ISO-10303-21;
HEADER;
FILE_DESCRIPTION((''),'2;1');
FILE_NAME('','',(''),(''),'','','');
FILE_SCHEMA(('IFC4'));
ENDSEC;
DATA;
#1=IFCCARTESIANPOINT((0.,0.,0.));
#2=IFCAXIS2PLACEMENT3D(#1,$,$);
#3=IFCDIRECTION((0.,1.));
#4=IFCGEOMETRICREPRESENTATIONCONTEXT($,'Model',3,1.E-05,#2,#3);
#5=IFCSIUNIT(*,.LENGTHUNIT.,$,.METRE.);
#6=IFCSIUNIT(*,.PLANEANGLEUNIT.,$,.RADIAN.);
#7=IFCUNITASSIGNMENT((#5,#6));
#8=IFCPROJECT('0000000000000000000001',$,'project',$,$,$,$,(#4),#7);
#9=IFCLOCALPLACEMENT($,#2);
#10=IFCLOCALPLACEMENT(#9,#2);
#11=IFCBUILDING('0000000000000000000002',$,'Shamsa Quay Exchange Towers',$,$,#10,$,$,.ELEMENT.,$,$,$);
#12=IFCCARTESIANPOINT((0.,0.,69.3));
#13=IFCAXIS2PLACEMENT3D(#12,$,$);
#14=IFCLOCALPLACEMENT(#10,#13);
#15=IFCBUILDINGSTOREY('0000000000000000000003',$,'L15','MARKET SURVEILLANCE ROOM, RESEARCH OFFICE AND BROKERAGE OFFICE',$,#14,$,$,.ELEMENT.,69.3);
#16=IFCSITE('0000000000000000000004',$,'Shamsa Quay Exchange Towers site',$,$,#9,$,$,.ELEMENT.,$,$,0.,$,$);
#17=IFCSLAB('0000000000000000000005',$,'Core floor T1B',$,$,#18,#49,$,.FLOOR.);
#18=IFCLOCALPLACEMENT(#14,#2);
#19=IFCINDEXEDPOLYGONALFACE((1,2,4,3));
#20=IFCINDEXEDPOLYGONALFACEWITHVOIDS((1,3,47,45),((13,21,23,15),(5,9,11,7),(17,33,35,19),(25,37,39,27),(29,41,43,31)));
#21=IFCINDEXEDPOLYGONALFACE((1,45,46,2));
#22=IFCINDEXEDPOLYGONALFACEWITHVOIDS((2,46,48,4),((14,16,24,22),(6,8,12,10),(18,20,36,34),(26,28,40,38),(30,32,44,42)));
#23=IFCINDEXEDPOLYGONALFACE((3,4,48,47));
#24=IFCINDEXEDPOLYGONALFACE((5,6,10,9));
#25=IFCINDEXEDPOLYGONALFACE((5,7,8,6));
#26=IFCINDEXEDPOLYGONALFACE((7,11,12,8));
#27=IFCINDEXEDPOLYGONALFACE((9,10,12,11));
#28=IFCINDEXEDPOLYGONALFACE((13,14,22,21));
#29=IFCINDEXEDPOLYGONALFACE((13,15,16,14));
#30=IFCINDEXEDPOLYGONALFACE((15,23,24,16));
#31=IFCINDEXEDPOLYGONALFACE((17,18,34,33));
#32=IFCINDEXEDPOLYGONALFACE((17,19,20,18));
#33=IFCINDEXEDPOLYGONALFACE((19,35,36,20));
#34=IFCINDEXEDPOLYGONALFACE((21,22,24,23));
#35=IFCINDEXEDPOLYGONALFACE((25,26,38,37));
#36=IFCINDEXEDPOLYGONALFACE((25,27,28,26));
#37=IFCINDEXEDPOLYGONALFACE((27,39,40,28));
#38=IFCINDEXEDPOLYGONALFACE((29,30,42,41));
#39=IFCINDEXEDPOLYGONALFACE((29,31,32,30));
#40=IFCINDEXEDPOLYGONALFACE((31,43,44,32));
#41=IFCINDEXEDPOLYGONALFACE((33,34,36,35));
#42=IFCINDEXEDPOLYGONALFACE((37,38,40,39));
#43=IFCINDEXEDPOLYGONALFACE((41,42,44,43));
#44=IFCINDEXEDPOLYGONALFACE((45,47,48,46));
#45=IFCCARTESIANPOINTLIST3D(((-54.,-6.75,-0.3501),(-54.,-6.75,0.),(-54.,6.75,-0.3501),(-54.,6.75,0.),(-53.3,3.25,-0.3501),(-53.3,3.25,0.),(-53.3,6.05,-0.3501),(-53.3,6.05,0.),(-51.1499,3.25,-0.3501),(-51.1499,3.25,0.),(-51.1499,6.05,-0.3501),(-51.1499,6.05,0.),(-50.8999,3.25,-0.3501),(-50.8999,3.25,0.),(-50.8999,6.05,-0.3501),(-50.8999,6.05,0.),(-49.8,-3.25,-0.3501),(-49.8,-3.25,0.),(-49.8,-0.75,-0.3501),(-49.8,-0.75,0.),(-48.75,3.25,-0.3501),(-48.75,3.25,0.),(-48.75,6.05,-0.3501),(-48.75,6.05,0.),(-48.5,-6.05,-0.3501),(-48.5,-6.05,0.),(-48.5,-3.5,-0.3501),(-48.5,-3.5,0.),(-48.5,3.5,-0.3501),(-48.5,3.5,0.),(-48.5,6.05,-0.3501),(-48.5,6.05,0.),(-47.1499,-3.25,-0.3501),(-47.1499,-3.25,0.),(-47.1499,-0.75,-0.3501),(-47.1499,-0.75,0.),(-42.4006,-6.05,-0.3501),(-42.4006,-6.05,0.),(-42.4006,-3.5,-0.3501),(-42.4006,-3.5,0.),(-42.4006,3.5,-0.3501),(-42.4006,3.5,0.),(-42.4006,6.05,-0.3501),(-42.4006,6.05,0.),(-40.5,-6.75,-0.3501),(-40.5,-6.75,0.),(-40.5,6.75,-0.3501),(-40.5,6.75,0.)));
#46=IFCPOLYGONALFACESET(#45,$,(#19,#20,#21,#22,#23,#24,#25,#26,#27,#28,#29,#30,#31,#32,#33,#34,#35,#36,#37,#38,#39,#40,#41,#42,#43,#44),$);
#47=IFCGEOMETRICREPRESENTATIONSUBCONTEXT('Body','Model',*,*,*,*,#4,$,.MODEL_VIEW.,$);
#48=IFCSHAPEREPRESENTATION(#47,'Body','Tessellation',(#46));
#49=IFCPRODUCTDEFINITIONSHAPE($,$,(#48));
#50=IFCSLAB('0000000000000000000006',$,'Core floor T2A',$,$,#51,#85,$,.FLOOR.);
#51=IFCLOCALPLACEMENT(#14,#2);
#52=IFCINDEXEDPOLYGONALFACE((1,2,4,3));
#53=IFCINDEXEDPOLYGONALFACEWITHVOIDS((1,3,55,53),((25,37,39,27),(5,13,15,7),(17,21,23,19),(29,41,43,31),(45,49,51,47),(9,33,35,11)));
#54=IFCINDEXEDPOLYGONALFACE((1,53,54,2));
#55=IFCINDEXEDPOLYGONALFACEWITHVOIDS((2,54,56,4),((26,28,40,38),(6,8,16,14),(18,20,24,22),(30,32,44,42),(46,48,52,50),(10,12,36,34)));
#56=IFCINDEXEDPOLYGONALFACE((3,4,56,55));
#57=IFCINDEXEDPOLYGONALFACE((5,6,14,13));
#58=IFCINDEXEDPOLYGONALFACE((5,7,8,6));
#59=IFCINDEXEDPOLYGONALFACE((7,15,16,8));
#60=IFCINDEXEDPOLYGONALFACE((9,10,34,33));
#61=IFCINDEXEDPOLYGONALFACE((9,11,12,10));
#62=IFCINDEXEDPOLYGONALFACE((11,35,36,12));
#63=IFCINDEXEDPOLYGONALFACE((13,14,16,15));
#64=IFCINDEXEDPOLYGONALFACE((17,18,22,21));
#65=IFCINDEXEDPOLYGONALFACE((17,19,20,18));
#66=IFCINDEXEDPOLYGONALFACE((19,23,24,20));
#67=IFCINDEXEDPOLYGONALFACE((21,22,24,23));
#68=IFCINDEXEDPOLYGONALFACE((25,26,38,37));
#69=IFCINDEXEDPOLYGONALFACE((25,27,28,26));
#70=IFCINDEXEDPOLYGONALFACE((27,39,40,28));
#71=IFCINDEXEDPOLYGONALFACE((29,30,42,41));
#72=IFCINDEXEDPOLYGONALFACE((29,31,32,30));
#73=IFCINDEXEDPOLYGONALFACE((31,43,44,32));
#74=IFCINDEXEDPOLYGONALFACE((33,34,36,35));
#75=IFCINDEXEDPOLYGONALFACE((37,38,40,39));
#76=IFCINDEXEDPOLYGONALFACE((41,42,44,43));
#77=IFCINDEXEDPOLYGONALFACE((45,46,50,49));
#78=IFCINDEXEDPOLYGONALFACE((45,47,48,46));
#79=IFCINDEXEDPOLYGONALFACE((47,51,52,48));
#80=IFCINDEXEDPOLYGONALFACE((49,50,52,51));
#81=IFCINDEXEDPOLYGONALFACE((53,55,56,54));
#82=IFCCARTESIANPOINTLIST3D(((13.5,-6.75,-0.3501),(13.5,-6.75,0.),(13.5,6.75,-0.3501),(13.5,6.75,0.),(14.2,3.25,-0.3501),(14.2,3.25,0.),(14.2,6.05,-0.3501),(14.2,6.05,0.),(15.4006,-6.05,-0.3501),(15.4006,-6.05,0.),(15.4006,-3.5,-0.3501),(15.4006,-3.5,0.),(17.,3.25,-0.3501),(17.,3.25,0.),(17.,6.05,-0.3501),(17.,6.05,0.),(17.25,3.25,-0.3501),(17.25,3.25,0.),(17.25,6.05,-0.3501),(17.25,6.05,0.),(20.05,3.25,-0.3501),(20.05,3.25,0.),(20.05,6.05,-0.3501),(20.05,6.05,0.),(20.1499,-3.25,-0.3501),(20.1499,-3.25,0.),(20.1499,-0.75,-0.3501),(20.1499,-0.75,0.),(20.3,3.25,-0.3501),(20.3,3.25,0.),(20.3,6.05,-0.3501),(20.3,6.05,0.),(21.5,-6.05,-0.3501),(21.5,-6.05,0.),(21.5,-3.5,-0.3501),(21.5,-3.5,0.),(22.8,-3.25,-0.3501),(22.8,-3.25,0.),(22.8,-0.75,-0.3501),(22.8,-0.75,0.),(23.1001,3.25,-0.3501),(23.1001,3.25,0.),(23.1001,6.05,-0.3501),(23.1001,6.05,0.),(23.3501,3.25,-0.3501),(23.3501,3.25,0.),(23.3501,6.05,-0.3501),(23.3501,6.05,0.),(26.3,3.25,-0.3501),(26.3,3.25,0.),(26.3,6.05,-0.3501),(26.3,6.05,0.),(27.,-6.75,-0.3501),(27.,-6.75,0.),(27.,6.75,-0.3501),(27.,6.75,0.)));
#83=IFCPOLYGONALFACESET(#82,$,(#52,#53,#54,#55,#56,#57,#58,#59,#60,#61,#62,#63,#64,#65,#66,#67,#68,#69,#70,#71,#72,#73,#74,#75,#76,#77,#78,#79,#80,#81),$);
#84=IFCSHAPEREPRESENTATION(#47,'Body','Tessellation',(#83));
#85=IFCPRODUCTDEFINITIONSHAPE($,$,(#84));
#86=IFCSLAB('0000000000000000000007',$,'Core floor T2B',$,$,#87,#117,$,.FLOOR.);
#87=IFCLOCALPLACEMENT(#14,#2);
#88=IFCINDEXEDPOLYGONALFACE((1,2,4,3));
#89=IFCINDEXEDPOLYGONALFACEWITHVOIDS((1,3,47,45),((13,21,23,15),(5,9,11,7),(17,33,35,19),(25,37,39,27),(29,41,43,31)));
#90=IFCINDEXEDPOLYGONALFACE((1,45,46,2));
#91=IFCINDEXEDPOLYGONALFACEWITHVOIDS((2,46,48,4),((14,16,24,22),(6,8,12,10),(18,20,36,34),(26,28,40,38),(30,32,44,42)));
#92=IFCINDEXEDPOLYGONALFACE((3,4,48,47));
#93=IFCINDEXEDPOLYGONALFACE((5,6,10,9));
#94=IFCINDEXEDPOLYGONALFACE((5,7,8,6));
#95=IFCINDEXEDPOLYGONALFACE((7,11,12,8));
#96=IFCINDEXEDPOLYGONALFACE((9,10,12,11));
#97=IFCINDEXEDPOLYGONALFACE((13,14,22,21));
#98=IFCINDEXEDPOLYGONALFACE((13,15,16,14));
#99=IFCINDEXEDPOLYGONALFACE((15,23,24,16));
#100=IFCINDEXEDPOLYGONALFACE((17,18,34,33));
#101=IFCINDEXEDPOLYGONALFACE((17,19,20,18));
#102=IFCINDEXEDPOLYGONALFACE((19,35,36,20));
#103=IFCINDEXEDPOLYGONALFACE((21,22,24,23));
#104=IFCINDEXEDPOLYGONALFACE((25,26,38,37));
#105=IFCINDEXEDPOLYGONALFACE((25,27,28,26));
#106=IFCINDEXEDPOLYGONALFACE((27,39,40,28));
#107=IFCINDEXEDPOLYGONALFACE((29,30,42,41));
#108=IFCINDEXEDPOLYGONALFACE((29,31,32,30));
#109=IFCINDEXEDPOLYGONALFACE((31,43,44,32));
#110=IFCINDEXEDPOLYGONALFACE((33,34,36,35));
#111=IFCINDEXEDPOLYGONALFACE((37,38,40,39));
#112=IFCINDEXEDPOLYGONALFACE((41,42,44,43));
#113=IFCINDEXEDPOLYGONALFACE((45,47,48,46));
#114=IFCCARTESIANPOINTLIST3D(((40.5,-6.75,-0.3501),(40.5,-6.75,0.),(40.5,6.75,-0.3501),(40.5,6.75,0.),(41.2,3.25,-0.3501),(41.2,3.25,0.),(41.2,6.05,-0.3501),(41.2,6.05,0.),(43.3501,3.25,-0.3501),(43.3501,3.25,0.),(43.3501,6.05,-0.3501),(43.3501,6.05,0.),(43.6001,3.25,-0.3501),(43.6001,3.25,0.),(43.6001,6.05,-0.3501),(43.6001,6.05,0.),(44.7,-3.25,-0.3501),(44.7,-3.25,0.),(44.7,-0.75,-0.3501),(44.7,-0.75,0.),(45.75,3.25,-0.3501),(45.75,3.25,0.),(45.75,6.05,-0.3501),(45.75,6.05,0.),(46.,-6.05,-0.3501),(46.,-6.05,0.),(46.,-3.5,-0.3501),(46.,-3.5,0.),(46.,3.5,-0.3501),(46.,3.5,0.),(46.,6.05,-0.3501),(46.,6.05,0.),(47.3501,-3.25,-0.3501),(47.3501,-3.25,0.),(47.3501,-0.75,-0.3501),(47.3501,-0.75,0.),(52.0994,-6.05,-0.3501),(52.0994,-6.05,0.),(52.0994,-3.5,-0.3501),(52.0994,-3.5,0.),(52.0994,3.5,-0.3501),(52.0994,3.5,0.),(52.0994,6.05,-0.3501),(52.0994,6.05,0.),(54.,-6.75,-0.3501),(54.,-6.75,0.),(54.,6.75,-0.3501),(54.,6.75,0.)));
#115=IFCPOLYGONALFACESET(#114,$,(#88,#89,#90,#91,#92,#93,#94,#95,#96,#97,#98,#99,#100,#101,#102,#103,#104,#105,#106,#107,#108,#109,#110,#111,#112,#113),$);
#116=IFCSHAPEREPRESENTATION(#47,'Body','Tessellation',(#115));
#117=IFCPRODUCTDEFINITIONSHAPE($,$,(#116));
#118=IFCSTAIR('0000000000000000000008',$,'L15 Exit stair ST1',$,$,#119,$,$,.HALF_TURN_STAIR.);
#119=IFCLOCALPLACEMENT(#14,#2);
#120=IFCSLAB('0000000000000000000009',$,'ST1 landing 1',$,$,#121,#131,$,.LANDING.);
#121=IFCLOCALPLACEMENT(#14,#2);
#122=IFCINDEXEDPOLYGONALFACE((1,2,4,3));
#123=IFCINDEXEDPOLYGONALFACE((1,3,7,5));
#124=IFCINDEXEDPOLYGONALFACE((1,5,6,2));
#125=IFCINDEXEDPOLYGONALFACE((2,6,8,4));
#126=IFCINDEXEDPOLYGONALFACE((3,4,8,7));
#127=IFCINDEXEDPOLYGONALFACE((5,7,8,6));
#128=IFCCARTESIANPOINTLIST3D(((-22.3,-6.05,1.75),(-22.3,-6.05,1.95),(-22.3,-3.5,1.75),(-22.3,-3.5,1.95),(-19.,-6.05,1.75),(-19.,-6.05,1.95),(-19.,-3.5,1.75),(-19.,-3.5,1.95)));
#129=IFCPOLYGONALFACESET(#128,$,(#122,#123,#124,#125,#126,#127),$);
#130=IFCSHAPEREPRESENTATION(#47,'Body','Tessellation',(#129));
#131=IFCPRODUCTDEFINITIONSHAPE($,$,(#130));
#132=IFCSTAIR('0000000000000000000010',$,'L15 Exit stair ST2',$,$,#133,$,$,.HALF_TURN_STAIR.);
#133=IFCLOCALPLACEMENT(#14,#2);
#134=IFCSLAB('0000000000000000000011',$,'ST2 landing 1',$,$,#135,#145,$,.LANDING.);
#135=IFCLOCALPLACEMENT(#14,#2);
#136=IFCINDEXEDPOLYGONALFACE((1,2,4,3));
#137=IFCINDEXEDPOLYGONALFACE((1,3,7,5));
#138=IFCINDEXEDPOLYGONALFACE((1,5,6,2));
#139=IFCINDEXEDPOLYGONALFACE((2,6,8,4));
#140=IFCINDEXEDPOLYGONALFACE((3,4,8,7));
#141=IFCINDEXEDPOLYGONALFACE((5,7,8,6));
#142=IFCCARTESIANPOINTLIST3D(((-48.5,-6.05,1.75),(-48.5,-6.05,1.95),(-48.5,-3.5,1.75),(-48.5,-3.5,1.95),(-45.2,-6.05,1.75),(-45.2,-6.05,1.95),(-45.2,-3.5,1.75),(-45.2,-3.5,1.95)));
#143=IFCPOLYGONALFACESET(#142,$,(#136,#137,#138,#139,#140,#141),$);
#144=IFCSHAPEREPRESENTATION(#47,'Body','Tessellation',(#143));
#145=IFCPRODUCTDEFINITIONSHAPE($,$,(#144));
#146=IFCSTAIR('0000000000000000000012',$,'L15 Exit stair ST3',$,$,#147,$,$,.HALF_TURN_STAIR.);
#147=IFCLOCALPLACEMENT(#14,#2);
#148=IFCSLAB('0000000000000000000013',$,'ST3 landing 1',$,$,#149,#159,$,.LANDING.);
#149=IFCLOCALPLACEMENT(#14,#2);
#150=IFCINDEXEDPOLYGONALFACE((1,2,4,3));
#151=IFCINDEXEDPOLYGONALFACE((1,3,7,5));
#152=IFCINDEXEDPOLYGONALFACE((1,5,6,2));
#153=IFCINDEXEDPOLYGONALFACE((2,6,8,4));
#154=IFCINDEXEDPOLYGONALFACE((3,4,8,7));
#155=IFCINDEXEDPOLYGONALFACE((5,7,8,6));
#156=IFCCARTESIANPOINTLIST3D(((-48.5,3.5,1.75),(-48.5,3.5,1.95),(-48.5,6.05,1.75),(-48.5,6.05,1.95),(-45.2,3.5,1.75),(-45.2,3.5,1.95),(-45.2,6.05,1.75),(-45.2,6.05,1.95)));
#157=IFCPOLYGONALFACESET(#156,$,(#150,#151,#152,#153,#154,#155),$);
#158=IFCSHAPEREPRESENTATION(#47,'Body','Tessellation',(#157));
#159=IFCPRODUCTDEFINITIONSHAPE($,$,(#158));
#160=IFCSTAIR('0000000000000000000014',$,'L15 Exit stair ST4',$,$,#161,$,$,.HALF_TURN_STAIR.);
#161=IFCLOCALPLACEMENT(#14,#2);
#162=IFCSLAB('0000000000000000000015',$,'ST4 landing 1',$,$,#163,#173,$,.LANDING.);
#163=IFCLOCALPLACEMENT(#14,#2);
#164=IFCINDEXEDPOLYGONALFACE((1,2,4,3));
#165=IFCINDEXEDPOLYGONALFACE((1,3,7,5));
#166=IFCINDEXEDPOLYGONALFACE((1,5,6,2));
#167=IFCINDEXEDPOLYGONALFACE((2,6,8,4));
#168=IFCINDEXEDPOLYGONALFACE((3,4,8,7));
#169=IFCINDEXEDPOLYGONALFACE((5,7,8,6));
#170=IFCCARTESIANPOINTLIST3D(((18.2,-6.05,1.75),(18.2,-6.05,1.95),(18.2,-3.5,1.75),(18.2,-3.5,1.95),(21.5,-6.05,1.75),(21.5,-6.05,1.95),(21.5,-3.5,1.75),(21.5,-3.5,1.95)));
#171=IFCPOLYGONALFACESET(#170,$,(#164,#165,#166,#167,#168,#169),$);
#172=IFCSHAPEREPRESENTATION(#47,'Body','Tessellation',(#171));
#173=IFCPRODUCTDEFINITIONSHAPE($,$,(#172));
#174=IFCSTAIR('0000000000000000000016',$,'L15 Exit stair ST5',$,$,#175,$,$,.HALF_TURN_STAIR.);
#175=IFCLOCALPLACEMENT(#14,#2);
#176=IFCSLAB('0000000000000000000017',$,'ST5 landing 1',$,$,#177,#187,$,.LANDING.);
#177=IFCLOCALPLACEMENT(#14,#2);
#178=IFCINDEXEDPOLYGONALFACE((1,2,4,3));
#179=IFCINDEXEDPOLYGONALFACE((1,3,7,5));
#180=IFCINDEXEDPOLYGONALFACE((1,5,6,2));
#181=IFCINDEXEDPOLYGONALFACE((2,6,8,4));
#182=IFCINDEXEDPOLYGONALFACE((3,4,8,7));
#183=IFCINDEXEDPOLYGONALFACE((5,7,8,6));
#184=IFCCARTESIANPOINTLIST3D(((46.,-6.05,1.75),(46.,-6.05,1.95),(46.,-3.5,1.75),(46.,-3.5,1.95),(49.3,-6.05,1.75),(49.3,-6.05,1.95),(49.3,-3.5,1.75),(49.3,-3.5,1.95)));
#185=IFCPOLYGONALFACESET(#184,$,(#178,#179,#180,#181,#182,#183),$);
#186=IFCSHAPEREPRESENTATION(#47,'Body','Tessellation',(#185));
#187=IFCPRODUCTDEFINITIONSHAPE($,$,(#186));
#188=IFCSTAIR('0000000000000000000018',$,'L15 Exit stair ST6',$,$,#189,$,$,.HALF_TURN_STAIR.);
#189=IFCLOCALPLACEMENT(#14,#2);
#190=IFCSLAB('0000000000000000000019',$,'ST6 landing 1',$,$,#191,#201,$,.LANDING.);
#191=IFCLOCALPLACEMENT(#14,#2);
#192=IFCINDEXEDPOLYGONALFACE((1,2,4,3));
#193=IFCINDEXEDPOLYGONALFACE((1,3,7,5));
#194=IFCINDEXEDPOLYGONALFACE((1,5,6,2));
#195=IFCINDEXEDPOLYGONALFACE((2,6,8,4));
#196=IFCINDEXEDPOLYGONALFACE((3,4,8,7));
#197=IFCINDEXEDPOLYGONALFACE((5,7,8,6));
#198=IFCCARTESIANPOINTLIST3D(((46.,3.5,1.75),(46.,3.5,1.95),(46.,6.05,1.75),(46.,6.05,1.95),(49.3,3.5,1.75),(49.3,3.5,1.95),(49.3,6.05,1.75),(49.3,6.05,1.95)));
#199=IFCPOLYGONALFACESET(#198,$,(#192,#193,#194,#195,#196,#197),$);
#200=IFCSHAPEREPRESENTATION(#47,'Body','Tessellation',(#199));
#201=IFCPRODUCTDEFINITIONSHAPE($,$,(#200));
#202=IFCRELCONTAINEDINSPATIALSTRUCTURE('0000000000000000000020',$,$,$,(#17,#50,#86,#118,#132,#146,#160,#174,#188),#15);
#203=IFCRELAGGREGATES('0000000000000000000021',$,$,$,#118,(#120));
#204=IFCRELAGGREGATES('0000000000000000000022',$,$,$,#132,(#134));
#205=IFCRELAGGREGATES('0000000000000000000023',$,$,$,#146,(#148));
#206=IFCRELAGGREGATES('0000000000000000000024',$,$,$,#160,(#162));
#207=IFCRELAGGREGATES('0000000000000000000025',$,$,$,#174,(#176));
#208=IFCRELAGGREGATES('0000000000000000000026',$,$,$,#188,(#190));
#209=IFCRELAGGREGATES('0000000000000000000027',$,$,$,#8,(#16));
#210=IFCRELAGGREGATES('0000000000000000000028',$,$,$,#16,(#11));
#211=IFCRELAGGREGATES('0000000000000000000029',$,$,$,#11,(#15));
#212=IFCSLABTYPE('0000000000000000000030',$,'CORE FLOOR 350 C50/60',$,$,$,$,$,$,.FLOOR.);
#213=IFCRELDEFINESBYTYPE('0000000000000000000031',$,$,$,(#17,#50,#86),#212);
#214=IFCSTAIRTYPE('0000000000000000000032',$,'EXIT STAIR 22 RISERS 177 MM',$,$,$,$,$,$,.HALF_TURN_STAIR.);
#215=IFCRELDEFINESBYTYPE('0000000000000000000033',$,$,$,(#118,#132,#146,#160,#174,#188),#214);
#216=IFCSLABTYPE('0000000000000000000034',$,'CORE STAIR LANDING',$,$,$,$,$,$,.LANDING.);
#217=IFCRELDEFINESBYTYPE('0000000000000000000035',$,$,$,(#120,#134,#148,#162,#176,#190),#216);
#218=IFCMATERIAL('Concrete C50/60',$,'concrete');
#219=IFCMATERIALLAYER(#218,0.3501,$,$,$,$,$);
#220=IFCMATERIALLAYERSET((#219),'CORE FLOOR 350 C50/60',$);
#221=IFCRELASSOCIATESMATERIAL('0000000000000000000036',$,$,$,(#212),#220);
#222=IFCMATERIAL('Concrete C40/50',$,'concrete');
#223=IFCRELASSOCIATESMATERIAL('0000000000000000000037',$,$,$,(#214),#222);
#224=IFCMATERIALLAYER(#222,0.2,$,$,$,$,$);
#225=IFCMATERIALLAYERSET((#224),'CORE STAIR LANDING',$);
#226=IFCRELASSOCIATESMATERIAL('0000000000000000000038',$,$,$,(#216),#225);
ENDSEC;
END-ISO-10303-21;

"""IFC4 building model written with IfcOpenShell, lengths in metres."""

from ifc_helpers import new_model, si_unit, direction, frame, origin, place, context, subcontext, project, spatial, polyline, outline, extrude, material, layer, layer_set, type_object, element, aggregate, save


model = new_model("IFC4")

# Units and contexts
model_context = context("Model", 3, precision=1e-05, world=origin(), true_north=direction((0.0, 1.0)))
body_context = subcontext(model_context, "Body", "Model", "MODEL_VIEW")
ifc_project = project(units=[si_unit("LENGTHUNIT", "METRE"), si_unit("PLANEANGLEUNIT", "RADIAN")], contexts=[model_context])

# Site, building, storey
site_placement = place(None, origin())
site = spatial("IfcSite", under=ifc_project, at=site_placement, Name="Shamsa Quay Exchange Towers site", CompositionType="ELEMENT", RefElevation=0.0)
building_placement = place(site_placement, origin())
building = spatial("IfcBuilding", under=site, at=building_placement, Name="Shamsa Quay Exchange Towers", CompositionType="ELEMENT")
storey_placement = place(building_placement, frame((0.0, 0.0, 69.3)))
storey = spatial("IfcBuildingStorey", under=building, at=storey_placement, Name="L15", Description="MARKET SURVEILLANCE ROOM, RESEARCH OFFICE AND BROKERAGE OFFICE", CompositionType="ELEMENT", Elevation=69.3)

# Slabs
ifc_material_1 = material(Name="Concrete C50/60", Category="concrete")
ifc_layer_1 = layer(ifc_material_1, 0.3501)
ifc_layer_set_1 = layer_set([ifc_layer_1], Name="CORE FLOOR 350 C50/60")
slab_type_1 = type_object("IfcSlabType", Name="CORE FLOOR 350 C50/60", PredefinedType="FLOOR", material=ifc_layer_set_1)
slab_1_placement = place(storey_placement, frame((0.0, 0.0, -0.3501)))
element("IfcSlab", 1, at=slab_1_placement, inside=storey, type_object=slab_type_1, Name="Core floor T1B", PredefinedType="FLOOR", context=body_context, shape_type="SweptSolid", body=[
    extrude(outline(polyline([(-40.5, -6.75), (-40.5, 6.75), (-54.0, 6.75), (-54.0, -6.75), (-40.5, -6.75)]), holes=[polyline([(-42.4006, -3.5), (-42.4006, -6.05), (-48.5, -6.05), (-48.5, -3.5), (-42.4006, -3.5)]), polyline([(-42.4006, 6.05), (-42.4006, 3.5), (-48.5, 3.5), (-48.5, 6.05), (-42.4006, 6.05)]), polyline([(-48.75, 3.25), (-50.8999, 3.25), (-50.8999, 6.05), (-48.75, 6.05), (-48.75, 3.25)]), polyline([(-51.1499, 3.25), (-53.3, 3.25), (-53.3, 6.05), (-51.1499, 6.05), (-51.1499, 3.25)]), polyline([(-47.1499, -3.25), (-49.8, -3.25), (-49.8, -0.75), (-47.1499, -0.75), (-47.1499, -3.25)])]), origin(), (0.0, 0.0, 1.0), 0.3501),
])
slab_2_placement = place(storey_placement, frame((0.0, 0.0, -0.3501)))
element("IfcSlab", 2, at=slab_2_placement, inside=storey, type_object=slab_type_1, Name="Core floor T2A", PredefinedType="FLOOR", context=body_context, shape_type="SweptSolid", body=[
    extrude(outline(polyline([(13.5, -6.75), (27.0, -6.75), (27.0, 6.75), (13.5, 6.75), (13.5, -6.75)]), holes=[polyline([(15.4006, -6.05), (15.4006, -3.5), (21.5, -3.5), (21.5, -6.05), (15.4006, -6.05)]), polyline([(14.2, 3.25), (14.2, 6.05), (17.0, 6.05), (17.0, 3.25), (14.2, 3.25)]), polyline([(17.25, 3.25), (17.25, 6.05), (20.05, 6.05), (20.05, 3.25), (17.25, 3.25)]), polyline([(20.3, 3.25), (20.3, 6.05), (23.1001, 6.05), (23.1001, 3.25), (20.3, 3.25)]), polyline([(23.3501, 3.25), (23.3501, 6.05), (26.3, 6.05), (26.3, 3.25), (23.3501, 3.25)]), polyline([(20.1499, -3.25), (20.1499, -0.75), (22.8, -0.75), (22.8, -3.25), (20.1499, -3.25)])]), origin(), (0.0, 0.0, 1.0), 0.3501),
])
slab_3_placement = place(storey_placement, frame((0.0, 0.0, -0.3501)))
element("IfcSlab", 3, at=slab_3_placement, inside=storey, type_object=slab_type_1, Name="Core floor T2B", PredefinedType="FLOOR", context=body_context, shape_type="SweptSolid", body=[
    extrude(outline(polyline([(54.0, -6.75), (54.0, 6.75), (40.5, 6.75), (40.5, -6.75), (54.0, -6.75)]), holes=[polyline([(52.0994, -3.5), (52.0994, -6.05), (46.0, -6.05), (46.0, -3.5), (52.0994, -3.5)]), polyline([(52.0994, 6.05), (52.0994, 3.5), (46.0, 3.5), (46.0, 6.05), (52.0994, 6.05)]), polyline([(45.75, 3.25), (43.6001, 3.25), (43.6001, 6.05), (45.75, 6.05), (45.75, 3.25)]), polyline([(43.3501, 3.25), (41.2, 3.25), (41.2, 6.05), (43.3501, 6.05), (43.3501, 3.25)]), polyline([(47.3501, -3.25), (44.7, -3.25), (44.7, -0.75), (47.3501, -0.75), (47.3501, -3.25)])]), origin(), (0.0, 0.0, 1.0), 0.3501),
])

# Stairs, slabs
ifc_material_2 = material(Name="Concrete C40/50", Category="concrete")
stair_type = type_object("IfcStairType", Name="EXIT STAIR 22 RISERS 177 MM", PredefinedType="HALF_TURN_STAIR", material=ifc_material_2)
stair_1_placement = place(storey_placement, origin())
stair_1 = element("IfcStair", 4, at=stair_1_placement, inside=storey, type_object=stair_type, Name="L15 Exit stair ST1", PredefinedType="HALF_TURN_STAIR")
ifc_layer_2 = layer(ifc_material_2, 0.2)
ifc_layer_set_2 = layer_set([ifc_layer_2], Name="CORE STAIR LANDING")
slab_type_2 = type_object("IfcSlabType", Name="CORE STAIR LANDING", PredefinedType="LANDING", material=ifc_layer_set_2)
slab_4_placement = place(storey_placement, frame((0.0, 0.0, 1.75)))
slab_4 = element("IfcSlab", 5, at=slab_4_placement, type_object=slab_type_2, Name="ST1 landing 1", PredefinedType="LANDING", context=body_context, shape_type="SweptSolid", body=[
    extrude(outline(polyline([(-22.3, -6.05), (-19.0, -6.05), (-19.0, -3.5), (-22.3, -3.5), (-22.3, -6.05)])), origin(), (0.0, 0.0, 1.0), 0.2),
])
aggregate(stair_1, [slab_4])
stair_2_placement = place(storey_placement, origin())
stair_2 = element("IfcStair", 6, at=stair_2_placement, inside=storey, type_object=stair_type, Name="L15 Exit stair ST2", PredefinedType="HALF_TURN_STAIR")
slab_5_placement = place(storey_placement, frame((0.0, 0.0, 1.75)))
slab_5 = element("IfcSlab", 7, at=slab_5_placement, type_object=slab_type_2, Name="ST2 landing 1", PredefinedType="LANDING", context=body_context, shape_type="SweptSolid", body=[
    extrude(outline(polyline([(-45.2, -3.5), (-48.5, -3.5), (-48.5, -6.05), (-45.2, -6.05), (-45.2, -3.5)])), origin(), (0.0, 0.0, 1.0), 0.2),
])
aggregate(stair_2, [slab_5])
stair_3_placement = place(storey_placement, origin())
stair_3 = element("IfcStair", 8, at=stair_3_placement, inside=storey, type_object=stair_type, Name="L15 Exit stair ST3", PredefinedType="HALF_TURN_STAIR")
slab_6_placement = place(storey_placement, frame((0.0, 0.0, 1.75)))
slab_6 = element("IfcSlab", 9, at=slab_6_placement, type_object=slab_type_2, Name="ST3 landing 1", PredefinedType="LANDING", context=body_context, shape_type="SweptSolid", body=[
    extrude(outline(polyline([(-45.2, 6.05), (-48.5, 6.05), (-48.5, 3.5), (-45.2, 3.5), (-45.2, 6.05)])), origin(), (0.0, 0.0, 1.0), 0.2),
])
aggregate(stair_3, [slab_6])
stair_4_placement = place(storey_placement, origin())
stair_4 = element("IfcStair", 10, at=stair_4_placement, inside=storey, type_object=stair_type, Name="L15 Exit stair ST4", PredefinedType="HALF_TURN_STAIR")
slab_7_placement = place(storey_placement, frame((0.0, 0.0, 1.75)))
slab_7 = element("IfcSlab", 11, at=slab_7_placement, type_object=slab_type_2, Name="ST4 landing 1", PredefinedType="LANDING", context=body_context, shape_type="SweptSolid", body=[
    extrude(outline(polyline([(18.2, -6.05), (21.5, -6.05), (21.5, -3.5), (18.2, -3.5), (18.2, -6.05)])), origin(), (0.0, 0.0, 1.0), 0.2),
])
aggregate(stair_4, [slab_7])
stair_5_placement = place(storey_placement, origin())
stair_5 = element("IfcStair", 12, at=stair_5_placement, inside=storey, type_object=stair_type, Name="L15 Exit stair ST5", PredefinedType="HALF_TURN_STAIR")
slab_8_placement = place(storey_placement, frame((0.0, 0.0, 1.75)))
slab_8 = element("IfcSlab", 13, at=slab_8_placement, type_object=slab_type_2, Name="ST5 landing 1", PredefinedType="LANDING", context=body_context, shape_type="SweptSolid", body=[
    extrude(outline(polyline([(49.3, -3.5), (46.0, -3.5), (46.0, -6.05), (49.3, -6.05), (49.3, -3.5)])), origin(), (0.0, 0.0, 1.0), 0.2),
])
aggregate(stair_5, [slab_8])
stair_6_placement = place(storey_placement, origin())
stair_6 = element("IfcStair", 14, at=stair_6_placement, inside=storey, type_object=stair_type, Name="L15 Exit stair ST6", PredefinedType="HALF_TURN_STAIR")
slab_9_placement = place(storey_placement, frame((0.0, 0.0, 1.75)))
slab_9 = element("IfcSlab", 15, at=slab_9_placement, type_object=slab_type_2, Name="ST6 landing 1", PredefinedType="LANDING", context=body_context, shape_type="SweptSolid", body=[
    extrude(outline(polyline([(49.3, 6.05), (46.0, 6.05), (46.0, 3.5), (49.3, 3.5), (49.3, 6.05)])), origin(), (0.0, 0.0, 1.0), 0.2),
])
aggregate(stair_6, [slab_9])

save(model, "model.ifc")
